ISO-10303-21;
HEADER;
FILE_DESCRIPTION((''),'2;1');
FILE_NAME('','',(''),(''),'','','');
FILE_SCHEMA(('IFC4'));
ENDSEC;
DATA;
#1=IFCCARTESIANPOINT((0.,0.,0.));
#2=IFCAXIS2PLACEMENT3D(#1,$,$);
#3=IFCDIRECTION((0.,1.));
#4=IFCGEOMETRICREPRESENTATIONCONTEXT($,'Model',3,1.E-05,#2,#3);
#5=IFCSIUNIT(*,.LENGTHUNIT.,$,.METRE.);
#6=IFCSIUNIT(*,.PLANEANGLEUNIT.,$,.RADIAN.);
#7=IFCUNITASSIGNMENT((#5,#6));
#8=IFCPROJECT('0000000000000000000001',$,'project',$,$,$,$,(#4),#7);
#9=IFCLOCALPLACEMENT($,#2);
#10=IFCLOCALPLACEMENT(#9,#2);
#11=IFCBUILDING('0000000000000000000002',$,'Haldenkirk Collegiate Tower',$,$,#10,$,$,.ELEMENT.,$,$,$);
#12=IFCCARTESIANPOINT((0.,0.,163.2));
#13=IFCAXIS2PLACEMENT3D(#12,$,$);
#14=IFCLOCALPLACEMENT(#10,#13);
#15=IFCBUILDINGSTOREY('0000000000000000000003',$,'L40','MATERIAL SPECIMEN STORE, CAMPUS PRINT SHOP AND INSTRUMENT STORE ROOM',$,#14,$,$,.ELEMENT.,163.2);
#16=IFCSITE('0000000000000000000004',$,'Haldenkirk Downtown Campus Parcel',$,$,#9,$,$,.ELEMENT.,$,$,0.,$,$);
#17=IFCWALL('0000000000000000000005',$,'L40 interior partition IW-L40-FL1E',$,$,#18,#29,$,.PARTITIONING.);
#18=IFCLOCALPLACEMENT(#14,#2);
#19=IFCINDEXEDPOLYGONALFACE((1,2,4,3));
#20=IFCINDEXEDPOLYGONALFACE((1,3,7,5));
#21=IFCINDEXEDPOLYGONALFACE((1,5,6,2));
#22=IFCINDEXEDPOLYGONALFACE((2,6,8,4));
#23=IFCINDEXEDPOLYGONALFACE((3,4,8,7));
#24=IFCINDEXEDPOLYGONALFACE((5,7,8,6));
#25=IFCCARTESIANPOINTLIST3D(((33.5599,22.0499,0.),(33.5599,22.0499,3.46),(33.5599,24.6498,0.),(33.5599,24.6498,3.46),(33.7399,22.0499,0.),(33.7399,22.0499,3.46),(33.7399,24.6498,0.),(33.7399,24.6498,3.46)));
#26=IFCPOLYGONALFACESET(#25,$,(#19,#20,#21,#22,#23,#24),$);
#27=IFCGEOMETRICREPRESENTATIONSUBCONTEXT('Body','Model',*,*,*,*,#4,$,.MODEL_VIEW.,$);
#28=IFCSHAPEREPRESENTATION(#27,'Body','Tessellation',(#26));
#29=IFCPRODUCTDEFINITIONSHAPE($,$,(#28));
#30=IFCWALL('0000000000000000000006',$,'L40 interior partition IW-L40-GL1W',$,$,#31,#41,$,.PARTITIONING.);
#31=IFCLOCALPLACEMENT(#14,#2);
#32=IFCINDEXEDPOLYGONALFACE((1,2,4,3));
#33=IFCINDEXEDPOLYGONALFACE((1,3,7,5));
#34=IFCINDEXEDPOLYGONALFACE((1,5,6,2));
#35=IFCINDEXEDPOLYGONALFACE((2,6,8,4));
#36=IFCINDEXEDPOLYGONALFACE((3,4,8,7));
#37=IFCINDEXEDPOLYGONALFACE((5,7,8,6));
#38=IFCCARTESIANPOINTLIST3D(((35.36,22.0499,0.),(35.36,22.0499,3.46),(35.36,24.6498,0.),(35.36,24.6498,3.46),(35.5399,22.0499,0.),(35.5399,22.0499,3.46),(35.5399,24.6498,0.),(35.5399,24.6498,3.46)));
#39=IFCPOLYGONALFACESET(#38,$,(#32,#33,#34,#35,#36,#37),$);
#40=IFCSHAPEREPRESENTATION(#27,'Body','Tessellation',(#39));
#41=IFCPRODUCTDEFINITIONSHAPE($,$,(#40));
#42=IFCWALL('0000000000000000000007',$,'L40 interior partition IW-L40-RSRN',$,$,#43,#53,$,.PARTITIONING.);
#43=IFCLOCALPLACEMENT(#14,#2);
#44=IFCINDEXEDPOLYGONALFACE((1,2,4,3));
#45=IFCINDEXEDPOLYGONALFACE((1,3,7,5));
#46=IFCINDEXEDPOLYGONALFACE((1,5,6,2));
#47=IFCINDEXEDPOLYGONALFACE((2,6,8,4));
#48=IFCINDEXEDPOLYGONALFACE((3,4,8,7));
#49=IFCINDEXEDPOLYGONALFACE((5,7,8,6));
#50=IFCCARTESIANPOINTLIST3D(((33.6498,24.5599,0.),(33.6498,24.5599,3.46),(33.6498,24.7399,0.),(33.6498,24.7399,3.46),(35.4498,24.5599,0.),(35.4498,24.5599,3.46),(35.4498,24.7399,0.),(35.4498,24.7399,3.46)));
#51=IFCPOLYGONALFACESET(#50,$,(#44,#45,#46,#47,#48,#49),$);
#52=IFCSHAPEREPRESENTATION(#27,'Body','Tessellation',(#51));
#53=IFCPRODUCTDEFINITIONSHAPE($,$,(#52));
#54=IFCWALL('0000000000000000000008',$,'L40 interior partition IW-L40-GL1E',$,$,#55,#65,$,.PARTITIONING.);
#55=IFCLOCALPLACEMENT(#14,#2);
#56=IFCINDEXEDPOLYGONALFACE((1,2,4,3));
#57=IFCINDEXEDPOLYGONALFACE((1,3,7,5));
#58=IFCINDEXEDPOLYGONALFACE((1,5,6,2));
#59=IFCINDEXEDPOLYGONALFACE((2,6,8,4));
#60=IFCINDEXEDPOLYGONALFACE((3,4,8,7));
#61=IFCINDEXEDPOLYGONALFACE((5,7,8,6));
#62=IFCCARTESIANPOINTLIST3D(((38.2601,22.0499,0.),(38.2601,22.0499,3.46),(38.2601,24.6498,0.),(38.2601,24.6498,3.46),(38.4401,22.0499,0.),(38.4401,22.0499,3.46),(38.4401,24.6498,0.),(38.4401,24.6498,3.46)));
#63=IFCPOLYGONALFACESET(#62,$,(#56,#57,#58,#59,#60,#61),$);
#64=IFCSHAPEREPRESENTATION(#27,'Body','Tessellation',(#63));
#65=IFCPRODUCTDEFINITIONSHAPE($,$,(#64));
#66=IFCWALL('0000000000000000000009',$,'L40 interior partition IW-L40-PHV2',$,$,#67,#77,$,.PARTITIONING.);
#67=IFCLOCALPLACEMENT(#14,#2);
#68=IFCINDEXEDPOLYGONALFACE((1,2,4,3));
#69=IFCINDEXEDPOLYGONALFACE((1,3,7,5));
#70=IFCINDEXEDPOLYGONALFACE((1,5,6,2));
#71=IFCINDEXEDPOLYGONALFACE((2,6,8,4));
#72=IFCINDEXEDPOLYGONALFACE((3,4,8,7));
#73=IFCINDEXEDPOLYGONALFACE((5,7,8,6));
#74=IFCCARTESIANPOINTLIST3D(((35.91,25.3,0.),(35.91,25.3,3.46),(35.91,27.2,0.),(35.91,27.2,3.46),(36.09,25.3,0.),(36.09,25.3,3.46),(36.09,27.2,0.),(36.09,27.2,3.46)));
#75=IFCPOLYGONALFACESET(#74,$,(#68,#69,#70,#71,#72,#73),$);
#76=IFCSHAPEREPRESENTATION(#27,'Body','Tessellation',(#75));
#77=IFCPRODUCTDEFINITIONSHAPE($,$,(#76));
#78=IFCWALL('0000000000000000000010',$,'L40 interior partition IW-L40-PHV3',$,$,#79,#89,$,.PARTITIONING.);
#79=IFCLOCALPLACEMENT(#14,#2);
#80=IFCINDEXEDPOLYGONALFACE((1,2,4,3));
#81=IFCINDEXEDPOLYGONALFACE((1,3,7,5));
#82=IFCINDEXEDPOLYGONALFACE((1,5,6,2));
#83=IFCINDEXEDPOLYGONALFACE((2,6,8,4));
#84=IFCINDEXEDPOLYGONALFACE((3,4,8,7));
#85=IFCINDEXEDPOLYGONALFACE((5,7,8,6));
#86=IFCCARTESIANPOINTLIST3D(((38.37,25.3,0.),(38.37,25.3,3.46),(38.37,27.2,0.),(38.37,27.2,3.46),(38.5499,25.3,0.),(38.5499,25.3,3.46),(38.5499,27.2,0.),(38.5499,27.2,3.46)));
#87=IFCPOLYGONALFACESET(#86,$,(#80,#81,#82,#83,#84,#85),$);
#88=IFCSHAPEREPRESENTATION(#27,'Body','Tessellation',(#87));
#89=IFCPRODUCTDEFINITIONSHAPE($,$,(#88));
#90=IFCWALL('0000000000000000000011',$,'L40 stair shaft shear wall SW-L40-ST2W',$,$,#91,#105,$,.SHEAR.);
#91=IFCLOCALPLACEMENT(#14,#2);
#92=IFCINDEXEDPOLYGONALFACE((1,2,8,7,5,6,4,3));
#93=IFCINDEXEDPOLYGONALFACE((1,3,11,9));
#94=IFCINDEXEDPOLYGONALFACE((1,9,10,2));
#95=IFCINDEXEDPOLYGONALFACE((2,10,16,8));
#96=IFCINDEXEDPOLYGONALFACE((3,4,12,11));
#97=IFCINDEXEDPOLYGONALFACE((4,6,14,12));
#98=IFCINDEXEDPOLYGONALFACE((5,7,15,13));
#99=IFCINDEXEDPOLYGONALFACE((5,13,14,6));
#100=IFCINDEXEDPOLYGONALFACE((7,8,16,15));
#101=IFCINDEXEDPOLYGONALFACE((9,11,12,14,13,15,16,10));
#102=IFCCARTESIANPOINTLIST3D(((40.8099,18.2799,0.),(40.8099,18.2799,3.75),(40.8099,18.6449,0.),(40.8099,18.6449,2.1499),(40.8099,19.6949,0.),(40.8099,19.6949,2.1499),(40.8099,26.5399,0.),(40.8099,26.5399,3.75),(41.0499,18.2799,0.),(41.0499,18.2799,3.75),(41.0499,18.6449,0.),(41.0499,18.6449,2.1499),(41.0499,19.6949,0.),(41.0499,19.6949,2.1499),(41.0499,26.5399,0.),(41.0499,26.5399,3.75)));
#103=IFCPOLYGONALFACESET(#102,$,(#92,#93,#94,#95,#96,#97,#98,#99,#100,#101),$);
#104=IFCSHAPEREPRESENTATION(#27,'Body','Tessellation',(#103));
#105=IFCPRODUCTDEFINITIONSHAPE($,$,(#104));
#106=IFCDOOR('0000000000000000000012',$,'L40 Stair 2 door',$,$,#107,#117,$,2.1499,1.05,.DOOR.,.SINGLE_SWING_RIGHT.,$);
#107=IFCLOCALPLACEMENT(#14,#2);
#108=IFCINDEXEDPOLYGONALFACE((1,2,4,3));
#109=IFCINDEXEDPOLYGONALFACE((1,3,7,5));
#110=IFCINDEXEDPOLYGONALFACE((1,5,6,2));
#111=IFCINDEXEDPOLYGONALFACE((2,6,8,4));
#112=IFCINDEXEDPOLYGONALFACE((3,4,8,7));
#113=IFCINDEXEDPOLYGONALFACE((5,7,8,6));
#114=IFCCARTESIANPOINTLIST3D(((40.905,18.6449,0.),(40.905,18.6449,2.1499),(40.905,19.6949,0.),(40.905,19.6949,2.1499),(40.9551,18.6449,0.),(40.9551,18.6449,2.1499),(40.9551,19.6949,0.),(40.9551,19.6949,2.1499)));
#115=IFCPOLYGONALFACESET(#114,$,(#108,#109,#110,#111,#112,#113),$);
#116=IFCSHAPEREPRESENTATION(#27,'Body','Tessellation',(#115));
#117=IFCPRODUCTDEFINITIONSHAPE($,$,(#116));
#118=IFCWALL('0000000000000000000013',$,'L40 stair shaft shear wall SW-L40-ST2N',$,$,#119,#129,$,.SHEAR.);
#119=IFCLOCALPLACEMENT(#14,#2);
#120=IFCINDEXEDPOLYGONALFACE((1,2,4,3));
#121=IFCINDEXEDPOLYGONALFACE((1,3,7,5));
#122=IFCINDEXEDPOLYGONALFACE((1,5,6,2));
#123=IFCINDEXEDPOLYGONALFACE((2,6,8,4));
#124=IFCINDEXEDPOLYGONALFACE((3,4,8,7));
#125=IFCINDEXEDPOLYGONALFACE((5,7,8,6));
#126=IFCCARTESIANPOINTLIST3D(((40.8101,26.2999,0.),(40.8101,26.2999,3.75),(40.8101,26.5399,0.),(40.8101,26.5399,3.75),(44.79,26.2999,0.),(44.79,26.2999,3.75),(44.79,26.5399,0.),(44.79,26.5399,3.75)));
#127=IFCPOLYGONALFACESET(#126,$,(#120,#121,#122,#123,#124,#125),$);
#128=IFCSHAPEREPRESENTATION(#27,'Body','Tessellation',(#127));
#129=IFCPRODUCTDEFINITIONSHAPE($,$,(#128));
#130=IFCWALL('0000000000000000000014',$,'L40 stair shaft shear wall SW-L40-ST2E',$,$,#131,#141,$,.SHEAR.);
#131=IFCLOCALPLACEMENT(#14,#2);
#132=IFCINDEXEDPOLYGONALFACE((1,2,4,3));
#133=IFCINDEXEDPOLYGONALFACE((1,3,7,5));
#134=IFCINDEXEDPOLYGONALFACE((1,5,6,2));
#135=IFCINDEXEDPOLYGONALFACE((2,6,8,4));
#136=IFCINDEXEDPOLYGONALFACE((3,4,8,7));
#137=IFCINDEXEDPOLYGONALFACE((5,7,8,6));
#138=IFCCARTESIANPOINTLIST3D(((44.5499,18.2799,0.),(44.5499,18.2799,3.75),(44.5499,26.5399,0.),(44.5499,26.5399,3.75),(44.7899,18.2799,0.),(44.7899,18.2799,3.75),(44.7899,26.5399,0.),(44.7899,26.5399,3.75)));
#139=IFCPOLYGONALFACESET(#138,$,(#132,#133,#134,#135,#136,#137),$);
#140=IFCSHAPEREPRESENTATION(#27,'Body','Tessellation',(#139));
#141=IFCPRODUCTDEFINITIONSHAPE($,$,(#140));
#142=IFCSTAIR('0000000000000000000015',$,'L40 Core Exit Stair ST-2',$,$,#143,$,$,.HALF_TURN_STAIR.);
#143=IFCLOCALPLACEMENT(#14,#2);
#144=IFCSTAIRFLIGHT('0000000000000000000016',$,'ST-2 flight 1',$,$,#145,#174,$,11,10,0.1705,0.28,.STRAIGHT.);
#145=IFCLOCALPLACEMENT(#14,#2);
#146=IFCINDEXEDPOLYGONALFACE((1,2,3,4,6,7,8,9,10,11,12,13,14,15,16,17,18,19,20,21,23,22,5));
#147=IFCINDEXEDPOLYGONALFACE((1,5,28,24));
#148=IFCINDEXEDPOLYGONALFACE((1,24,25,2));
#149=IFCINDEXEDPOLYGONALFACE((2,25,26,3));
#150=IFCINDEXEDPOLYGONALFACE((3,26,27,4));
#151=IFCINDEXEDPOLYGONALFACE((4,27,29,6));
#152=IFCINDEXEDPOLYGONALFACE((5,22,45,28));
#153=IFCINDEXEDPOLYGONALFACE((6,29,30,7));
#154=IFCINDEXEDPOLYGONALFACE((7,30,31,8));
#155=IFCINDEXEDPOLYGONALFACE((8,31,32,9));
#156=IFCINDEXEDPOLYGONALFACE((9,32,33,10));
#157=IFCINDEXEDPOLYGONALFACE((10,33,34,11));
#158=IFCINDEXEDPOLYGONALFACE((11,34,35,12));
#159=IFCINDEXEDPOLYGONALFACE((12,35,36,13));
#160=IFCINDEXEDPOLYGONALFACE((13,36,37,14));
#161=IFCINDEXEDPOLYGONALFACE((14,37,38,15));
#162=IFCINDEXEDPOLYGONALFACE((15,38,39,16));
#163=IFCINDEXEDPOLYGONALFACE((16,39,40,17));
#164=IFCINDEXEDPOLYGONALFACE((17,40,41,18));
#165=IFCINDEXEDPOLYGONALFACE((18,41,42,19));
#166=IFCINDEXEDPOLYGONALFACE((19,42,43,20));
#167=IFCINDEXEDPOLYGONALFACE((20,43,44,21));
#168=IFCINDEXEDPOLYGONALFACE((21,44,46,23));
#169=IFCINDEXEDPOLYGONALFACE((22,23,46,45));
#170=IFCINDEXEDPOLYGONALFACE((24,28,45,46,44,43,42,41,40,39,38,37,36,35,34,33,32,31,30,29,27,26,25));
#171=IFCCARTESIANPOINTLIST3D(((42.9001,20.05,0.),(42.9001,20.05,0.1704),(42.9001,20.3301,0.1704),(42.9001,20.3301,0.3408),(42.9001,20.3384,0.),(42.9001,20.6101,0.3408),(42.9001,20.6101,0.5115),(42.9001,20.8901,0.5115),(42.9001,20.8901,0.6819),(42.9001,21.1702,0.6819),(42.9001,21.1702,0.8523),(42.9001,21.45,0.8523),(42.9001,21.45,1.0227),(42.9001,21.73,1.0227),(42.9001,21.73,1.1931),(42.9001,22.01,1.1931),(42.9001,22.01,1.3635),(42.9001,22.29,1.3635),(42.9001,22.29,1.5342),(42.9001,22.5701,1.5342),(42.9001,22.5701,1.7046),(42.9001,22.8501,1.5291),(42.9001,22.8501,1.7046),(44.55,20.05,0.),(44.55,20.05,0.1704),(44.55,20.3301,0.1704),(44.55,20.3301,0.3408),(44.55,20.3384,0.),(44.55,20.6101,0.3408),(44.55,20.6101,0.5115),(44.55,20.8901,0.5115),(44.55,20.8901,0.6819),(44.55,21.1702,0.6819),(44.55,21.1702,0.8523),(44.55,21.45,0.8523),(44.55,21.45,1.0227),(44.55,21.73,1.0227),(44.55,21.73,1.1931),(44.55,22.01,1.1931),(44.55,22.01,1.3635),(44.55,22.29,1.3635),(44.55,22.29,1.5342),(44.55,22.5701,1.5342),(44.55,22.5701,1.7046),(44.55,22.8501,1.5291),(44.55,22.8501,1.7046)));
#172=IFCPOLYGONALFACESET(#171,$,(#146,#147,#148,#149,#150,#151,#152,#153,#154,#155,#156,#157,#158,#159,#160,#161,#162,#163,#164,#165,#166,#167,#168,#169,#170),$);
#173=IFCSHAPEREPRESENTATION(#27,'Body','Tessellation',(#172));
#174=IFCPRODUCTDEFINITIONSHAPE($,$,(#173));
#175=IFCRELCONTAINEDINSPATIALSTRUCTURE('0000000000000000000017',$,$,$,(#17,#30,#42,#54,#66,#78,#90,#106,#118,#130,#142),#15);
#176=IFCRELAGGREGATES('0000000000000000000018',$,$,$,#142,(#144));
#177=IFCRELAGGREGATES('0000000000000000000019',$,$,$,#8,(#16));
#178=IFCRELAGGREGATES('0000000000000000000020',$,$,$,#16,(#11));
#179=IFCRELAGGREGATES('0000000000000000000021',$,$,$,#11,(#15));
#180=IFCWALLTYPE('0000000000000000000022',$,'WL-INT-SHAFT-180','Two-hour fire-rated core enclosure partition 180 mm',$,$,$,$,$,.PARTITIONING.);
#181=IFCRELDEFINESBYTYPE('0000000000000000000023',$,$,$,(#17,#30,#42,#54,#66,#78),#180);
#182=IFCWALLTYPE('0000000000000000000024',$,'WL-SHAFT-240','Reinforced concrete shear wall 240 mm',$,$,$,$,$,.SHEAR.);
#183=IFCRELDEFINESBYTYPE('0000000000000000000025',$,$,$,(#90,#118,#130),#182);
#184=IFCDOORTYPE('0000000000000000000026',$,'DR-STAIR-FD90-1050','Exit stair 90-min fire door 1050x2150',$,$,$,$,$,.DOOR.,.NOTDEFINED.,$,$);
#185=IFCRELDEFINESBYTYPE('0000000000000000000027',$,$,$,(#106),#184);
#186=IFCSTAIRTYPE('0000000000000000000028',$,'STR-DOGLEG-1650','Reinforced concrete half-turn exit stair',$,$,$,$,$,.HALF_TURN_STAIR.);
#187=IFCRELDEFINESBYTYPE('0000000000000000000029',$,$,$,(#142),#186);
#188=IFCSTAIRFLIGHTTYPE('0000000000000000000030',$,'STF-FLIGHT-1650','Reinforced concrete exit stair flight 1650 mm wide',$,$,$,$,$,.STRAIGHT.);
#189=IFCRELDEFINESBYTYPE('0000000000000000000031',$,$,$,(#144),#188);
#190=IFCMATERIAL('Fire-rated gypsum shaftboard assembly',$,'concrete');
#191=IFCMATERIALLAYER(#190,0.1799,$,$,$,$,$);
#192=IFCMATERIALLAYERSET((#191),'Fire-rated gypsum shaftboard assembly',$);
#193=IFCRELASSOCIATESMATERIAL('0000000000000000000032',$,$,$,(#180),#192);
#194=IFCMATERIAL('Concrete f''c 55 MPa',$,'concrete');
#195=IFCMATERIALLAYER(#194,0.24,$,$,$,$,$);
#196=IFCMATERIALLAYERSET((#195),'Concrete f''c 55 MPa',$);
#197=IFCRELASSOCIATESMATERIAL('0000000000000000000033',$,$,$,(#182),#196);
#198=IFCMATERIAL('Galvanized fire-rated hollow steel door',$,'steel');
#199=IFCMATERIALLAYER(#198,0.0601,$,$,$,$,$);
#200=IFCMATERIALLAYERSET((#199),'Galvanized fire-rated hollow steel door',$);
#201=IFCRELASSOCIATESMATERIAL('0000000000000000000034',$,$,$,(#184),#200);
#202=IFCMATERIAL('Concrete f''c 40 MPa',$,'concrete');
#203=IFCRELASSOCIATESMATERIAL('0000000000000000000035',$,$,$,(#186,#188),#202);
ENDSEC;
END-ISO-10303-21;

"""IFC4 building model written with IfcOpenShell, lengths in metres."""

from ifc_helpers import new_model, si_unit, direction, frame, frame_2d, origin, place, context, subcontext, project, spatial, polyline, rectangle, outline, extrude, material, layer, layer_set, type_object, element, fill, aggregate, save


model = new_model("IFC4")

# Units and contexts
model_context = context("Model", 3, precision=1e-05, world=origin(), true_north=direction((0.0, 1.0)))
body_context = subcontext(model_context, "Body", "Model", "MODEL_VIEW")
ifc_project = project(units=[si_unit("LENGTHUNIT", "METRE"), si_unit("PLANEANGLEUNIT", "RADIAN")], contexts=[model_context])

# Site, building, storey
site_placement = place(None, origin())
site = spatial("IfcSite", under=ifc_project, at=site_placement, Name="Haldenkirk Downtown Campus Parcel", CompositionType="ELEMENT", RefElevation=0.0)
building_placement = place(site_placement, origin())
building = spatial("IfcBuilding", under=site, at=building_placement, Name="Haldenkirk Collegiate Tower", CompositionType="ELEMENT")
storey_placement = place(building_placement, frame((0.0, 0.0, 163.2)))
storey = spatial("IfcBuildingStorey", under=building, at=storey_placement, Name="L40", Description="MATERIAL SPECIMEN STORE, CAMPUS PRINT SHOP AND INSTRUMENT STORE ROOM", CompositionType="ELEMENT", Elevation=163.2)

# Walls
ifc_material_1 = material(Name="Fire-rated gypsum shaftboard assembly", Category="concrete")
ifc_layer_1 = layer(ifc_material_1, 0.1799)
ifc_layer_set_1 = layer_set([ifc_layer_1], Name="Fire-rated gypsum shaftboard assembly")
wall_type_1 = type_object("IfcWallType", Name="WL-INT-SHAFT-180", Description="Two-hour fire-rated core enclosure partition 180 mm", PredefinedType="PARTITIONING", material=ifc_layer_set_1)
for number, where, z_axis, x_axis, name in (
    (1, (33.6499, 22.05, 0.0), (0.0, 0.0, 1.0), (0.0, 1.0, 0.0), "L40 interior partition IW-L40-FL1E"),
    (2, (35.45, 22.05, 0.0), (0.0, 0.0, 1.0), (0.0, 1.0, 0.0), "L40 interior partition IW-L40-GL1W"),
):
    element("IfcWall", number, at=place(storey_placement, frame(where, z_axis=z_axis, x_axis=x_axis)), inside=storey, type_object=wall_type_1, Name=name, PredefinedType="PARTITIONING", context=body_context, shape_type="SweptSolid", body=[
        extrude(rectangle(XDim=2.5999, YDim=0.1799, at=frame_2d((1.2998, 0.0))), origin(), (0.0, 0.0, 1.0), 3.46),
    ])
wall_1_placement = place(storey_placement, frame((33.6499, 24.6499, 0.0), z_axis=(0.0, 0.0, 1.0), x_axis=(1.0, 0.0, 0.0)))
element("IfcWall", 3, at=wall_1_placement, inside=storey, type_object=wall_type_1, Name="L40 interior partition IW-L40-RSRN", PredefinedType="PARTITIONING", context=body_context, shape_type="SweptSolid", body=[
    extrude(rectangle(XDim=1.8, YDim=0.1799, at=frame_2d((0.8999, 0.0))), origin(), (0.0, 0.0, 1.0), 3.46),
])
wall_2_placement = place(storey_placement, frame((38.3501, 22.05, 0.0), z_axis=(0.0, 0.0, 1.0), x_axis=(0.0, 1.0, 0.0)))
element("IfcWall", 4, at=wall_2_placement, inside=storey, type_object=wall_type_1, Name="L40 interior partition IW-L40-GL1E", PredefinedType="PARTITIONING", context=body_context, shape_type="SweptSolid", body=[
    extrude(rectangle(XDim=2.5999, YDim=0.1799, at=frame_2d((1.2998, 0.0))), origin(), (0.0, 0.0, 1.0), 3.46),
])
for number, where, z_axis, x_axis, name in (
    (5, (36.0, 25.3, 0.0), (0.0, 0.0, 1.0), (0.0, 1.0, 0.0), "L40 interior partition IW-L40-PHV2"),
    (6, (38.46, 25.3, 0.0), (0.0, 0.0, 1.0), (0.0, 1.0, 0.0), "L40 interior partition IW-L40-PHV3"),
):
    element("IfcWall", number, at=place(storey_placement, frame(where, z_axis=z_axis, x_axis=x_axis)), inside=storey, type_object=wall_type_1, Name=name, PredefinedType="PARTITIONING", context=body_context, shape_type="SweptSolid", body=[
        extrude(rectangle(XDim=1.8999, YDim=0.1799, at=frame_2d((0.95, 0.0))), origin(), (0.0, 0.0, 1.0), 3.46),
    ])

# Wall, opening, door
ifc_material_2 = material(Name="Concrete f'c 55 MPa", Category="concrete")
ifc_layer_2 = layer(ifc_material_2, 0.24)
ifc_layer_set_2 = layer_set([ifc_layer_2], Name="Concrete f'c 55 MPa")
wall_type_2 = type_object("IfcWallType", Name="WL-SHAFT-240", Description="Reinforced concrete shear wall 240 mm", PredefinedType="SHEAR", material=ifc_layer_set_2)
wall_3_placement = place(storey_placement, frame((40.9299, 18.28, 0.0), z_axis=(0.0, 0.0, 1.0), x_axis=(0.0, 1.0, 0.0)))
wall_3 = element("IfcWall", 7, at=wall_3_placement, inside=storey, type_object=wall_type_2, Name="L40 stair shaft shear wall SW-L40-ST2W", PredefinedType="SHEAR", context=body_context, shape_type="SweptSolid", body=[
    extrude(rectangle(XDim=8.26, YDim=0.24, at=frame_2d((4.1299, 0.0))), origin(), (0.0, 0.0, 1.0), 3.75),
])
opening_1_placement = place(wall_3_placement, frame((0.365, 0.0, 0.0)))
opening_1 = element("IfcOpeningElement", 8, at=opening_1_placement, cuts=wall_3, PredefinedType="OPENING", context=body_context, shape_type="SweptSolid", body=[
    extrude(rectangle(XDim=1.05, YDim=2.1499, at=frame_2d((0.5249, 1.075))), frame((0.0, 0.1299, 0.0), z_axis=(0.0, -1.0, 0.0), x_axis=(1.0, 0.0, 0.0)), (0.0, 0.0, 1.0), 0.26),
])
ifc_material_3 = material(Name="Galvanized fire-rated hollow steel door", Category="steel")
ifc_layer_3 = layer(ifc_material_3, 0.0601)
ifc_layer_set_3 = layer_set([ifc_layer_3], Name="Galvanized fire-rated hollow steel door")
door_type_1 = type_object("IfcDoorType", Name="DR-STAIR-FD90-1050", Description="Exit stair 90-min fire door 1050x2150", OperationType="NOTDEFINED", PredefinedType="DOOR", material=ifc_layer_set_3)
door_1_placement = place(opening_1_placement, origin())
door_1 = element("IfcDoor", 9, at=door_1_placement, inside=storey, type_object=door_type_1, Name="L40 Stair 2 door", OperationType="SINGLE_SWING_RIGHT", OverallHeight=2.1499, OverallWidth=1.05, PredefinedType="DOOR", context=body_context, shape_type="SweptSolid", body=[
    extrude(rectangle(XDim=1.05, YDim=2.1499, at=frame_2d((0.5249, 1.075))), frame((0.0, 0.0249, 0.0), z_axis=(0.0, -1.0, 0.0), x_axis=(1.0, 0.0, 0.0)), (0.0, 0.0, 1.0), 0.05),
])
fill(opening_1, door_1)

# Walls
wall_4_placement = place(storey_placement, frame((40.8101, 26.4199, 0.0), z_axis=(0.0, 0.0, 1.0), x_axis=(1.0, 0.0, 0.0)))
element("IfcWall", 10, at=wall_4_placement, inside=storey, type_object=wall_type_2, Name="L40 stair shaft shear wall SW-L40-ST2N", PredefinedType="SHEAR", context=body_context, shape_type="SweptSolid", body=[
    extrude(rectangle(XDim=3.98, YDim=0.24, at=frame_2d((1.99, 0.0))), origin(), (0.0, 0.0, 1.0), 3.75),
])
wall_5_placement = place(storey_placement, frame((44.6699, 18.28, 0.0), z_axis=(0.0, 0.0, 1.0), x_axis=(0.0, 1.0, 0.0)))
element("IfcWall", 11, at=wall_5_placement, inside=storey, type_object=wall_type_2, Name="L40 stair shaft shear wall SW-L40-ST2E", PredefinedType="SHEAR", context=body_context, shape_type="SweptSolid", body=[
    extrude(rectangle(XDim=8.26, YDim=0.24, at=frame_2d((4.1299, 0.0))), origin(), (0.0, 0.0, 1.0), 3.75),
])

# Stair, stair flight
ifc_material_4 = material(Name="Concrete f'c 40 MPa", Category="concrete")
stair_type = type_object("IfcStairType", Name="STR-DOGLEG-1650", Description="Reinforced concrete half-turn exit stair", PredefinedType="HALF_TURN_STAIR", material=ifc_material_4)
stair_placement = place(storey_placement, origin())
stair = element("IfcStair", 12, at=stair_placement, inside=storey, type_object=stair_type, Name="L40 Core Exit Stair ST-2", PredefinedType="HALF_TURN_STAIR")
stair_flight_type = type_object("IfcStairFlightType", Name="STF-FLIGHT-1650", Description="Reinforced concrete exit stair flight 1650 mm wide", PredefinedType="STRAIGHT", material=ifc_material_4)
stair_flight_1_placement = place(storey_placement, frame((43.7251, 20.05, 0.0), z_axis=(0.0, 0.0, 1.0), x_axis=(0.0, 1.0, 0.0)))
stair_flight_1 = element("IfcStairFlight", 13, at=stair_flight_1_placement, type_object=stair_flight_type, Name="ST-2 flight 1", NumberOfRisers=11, NumberOfTreads=10, PredefinedType="STRAIGHT", RiserHeight=0.1705, TreadLength=0.28, context=body_context, shape_type="SweptSolid", body=[
    extrude(outline(polyline([(0.0, 0.0), (0.0, 0.1704), (0.28, 0.1704), (0.28, 0.3408), (0.5601, 0.3408), (0.5601, 0.5115), (0.8401, 0.5115), (0.8401, 0.6819), (1.1201, 0.6819), (1.1201, 0.8523), (1.3999, 0.8523), (1.3999, 1.0227), (1.6799, 1.0227), (1.6799, 1.1931), (1.96, 1.1931), (1.96, 1.3635), (2.24, 1.3635), (2.24, 1.5342), (2.52, 1.5342), (2.52, 1.7046), (2.8, 1.7046), (2.8, 1.875), (2.8, 1.5291), (0.2883, 0.0), (0.0, 0.0)])), frame((0.0, 0.825, 0.0), z_axis=(0.0, -1.0, 0.0), x_axis=(1.0, 0.0, 0.0)), (0.0, 0.0, 1.0), 1.6499),
])
aggregate(stair, [stair_flight_1])

save(model, "model.ifc")
